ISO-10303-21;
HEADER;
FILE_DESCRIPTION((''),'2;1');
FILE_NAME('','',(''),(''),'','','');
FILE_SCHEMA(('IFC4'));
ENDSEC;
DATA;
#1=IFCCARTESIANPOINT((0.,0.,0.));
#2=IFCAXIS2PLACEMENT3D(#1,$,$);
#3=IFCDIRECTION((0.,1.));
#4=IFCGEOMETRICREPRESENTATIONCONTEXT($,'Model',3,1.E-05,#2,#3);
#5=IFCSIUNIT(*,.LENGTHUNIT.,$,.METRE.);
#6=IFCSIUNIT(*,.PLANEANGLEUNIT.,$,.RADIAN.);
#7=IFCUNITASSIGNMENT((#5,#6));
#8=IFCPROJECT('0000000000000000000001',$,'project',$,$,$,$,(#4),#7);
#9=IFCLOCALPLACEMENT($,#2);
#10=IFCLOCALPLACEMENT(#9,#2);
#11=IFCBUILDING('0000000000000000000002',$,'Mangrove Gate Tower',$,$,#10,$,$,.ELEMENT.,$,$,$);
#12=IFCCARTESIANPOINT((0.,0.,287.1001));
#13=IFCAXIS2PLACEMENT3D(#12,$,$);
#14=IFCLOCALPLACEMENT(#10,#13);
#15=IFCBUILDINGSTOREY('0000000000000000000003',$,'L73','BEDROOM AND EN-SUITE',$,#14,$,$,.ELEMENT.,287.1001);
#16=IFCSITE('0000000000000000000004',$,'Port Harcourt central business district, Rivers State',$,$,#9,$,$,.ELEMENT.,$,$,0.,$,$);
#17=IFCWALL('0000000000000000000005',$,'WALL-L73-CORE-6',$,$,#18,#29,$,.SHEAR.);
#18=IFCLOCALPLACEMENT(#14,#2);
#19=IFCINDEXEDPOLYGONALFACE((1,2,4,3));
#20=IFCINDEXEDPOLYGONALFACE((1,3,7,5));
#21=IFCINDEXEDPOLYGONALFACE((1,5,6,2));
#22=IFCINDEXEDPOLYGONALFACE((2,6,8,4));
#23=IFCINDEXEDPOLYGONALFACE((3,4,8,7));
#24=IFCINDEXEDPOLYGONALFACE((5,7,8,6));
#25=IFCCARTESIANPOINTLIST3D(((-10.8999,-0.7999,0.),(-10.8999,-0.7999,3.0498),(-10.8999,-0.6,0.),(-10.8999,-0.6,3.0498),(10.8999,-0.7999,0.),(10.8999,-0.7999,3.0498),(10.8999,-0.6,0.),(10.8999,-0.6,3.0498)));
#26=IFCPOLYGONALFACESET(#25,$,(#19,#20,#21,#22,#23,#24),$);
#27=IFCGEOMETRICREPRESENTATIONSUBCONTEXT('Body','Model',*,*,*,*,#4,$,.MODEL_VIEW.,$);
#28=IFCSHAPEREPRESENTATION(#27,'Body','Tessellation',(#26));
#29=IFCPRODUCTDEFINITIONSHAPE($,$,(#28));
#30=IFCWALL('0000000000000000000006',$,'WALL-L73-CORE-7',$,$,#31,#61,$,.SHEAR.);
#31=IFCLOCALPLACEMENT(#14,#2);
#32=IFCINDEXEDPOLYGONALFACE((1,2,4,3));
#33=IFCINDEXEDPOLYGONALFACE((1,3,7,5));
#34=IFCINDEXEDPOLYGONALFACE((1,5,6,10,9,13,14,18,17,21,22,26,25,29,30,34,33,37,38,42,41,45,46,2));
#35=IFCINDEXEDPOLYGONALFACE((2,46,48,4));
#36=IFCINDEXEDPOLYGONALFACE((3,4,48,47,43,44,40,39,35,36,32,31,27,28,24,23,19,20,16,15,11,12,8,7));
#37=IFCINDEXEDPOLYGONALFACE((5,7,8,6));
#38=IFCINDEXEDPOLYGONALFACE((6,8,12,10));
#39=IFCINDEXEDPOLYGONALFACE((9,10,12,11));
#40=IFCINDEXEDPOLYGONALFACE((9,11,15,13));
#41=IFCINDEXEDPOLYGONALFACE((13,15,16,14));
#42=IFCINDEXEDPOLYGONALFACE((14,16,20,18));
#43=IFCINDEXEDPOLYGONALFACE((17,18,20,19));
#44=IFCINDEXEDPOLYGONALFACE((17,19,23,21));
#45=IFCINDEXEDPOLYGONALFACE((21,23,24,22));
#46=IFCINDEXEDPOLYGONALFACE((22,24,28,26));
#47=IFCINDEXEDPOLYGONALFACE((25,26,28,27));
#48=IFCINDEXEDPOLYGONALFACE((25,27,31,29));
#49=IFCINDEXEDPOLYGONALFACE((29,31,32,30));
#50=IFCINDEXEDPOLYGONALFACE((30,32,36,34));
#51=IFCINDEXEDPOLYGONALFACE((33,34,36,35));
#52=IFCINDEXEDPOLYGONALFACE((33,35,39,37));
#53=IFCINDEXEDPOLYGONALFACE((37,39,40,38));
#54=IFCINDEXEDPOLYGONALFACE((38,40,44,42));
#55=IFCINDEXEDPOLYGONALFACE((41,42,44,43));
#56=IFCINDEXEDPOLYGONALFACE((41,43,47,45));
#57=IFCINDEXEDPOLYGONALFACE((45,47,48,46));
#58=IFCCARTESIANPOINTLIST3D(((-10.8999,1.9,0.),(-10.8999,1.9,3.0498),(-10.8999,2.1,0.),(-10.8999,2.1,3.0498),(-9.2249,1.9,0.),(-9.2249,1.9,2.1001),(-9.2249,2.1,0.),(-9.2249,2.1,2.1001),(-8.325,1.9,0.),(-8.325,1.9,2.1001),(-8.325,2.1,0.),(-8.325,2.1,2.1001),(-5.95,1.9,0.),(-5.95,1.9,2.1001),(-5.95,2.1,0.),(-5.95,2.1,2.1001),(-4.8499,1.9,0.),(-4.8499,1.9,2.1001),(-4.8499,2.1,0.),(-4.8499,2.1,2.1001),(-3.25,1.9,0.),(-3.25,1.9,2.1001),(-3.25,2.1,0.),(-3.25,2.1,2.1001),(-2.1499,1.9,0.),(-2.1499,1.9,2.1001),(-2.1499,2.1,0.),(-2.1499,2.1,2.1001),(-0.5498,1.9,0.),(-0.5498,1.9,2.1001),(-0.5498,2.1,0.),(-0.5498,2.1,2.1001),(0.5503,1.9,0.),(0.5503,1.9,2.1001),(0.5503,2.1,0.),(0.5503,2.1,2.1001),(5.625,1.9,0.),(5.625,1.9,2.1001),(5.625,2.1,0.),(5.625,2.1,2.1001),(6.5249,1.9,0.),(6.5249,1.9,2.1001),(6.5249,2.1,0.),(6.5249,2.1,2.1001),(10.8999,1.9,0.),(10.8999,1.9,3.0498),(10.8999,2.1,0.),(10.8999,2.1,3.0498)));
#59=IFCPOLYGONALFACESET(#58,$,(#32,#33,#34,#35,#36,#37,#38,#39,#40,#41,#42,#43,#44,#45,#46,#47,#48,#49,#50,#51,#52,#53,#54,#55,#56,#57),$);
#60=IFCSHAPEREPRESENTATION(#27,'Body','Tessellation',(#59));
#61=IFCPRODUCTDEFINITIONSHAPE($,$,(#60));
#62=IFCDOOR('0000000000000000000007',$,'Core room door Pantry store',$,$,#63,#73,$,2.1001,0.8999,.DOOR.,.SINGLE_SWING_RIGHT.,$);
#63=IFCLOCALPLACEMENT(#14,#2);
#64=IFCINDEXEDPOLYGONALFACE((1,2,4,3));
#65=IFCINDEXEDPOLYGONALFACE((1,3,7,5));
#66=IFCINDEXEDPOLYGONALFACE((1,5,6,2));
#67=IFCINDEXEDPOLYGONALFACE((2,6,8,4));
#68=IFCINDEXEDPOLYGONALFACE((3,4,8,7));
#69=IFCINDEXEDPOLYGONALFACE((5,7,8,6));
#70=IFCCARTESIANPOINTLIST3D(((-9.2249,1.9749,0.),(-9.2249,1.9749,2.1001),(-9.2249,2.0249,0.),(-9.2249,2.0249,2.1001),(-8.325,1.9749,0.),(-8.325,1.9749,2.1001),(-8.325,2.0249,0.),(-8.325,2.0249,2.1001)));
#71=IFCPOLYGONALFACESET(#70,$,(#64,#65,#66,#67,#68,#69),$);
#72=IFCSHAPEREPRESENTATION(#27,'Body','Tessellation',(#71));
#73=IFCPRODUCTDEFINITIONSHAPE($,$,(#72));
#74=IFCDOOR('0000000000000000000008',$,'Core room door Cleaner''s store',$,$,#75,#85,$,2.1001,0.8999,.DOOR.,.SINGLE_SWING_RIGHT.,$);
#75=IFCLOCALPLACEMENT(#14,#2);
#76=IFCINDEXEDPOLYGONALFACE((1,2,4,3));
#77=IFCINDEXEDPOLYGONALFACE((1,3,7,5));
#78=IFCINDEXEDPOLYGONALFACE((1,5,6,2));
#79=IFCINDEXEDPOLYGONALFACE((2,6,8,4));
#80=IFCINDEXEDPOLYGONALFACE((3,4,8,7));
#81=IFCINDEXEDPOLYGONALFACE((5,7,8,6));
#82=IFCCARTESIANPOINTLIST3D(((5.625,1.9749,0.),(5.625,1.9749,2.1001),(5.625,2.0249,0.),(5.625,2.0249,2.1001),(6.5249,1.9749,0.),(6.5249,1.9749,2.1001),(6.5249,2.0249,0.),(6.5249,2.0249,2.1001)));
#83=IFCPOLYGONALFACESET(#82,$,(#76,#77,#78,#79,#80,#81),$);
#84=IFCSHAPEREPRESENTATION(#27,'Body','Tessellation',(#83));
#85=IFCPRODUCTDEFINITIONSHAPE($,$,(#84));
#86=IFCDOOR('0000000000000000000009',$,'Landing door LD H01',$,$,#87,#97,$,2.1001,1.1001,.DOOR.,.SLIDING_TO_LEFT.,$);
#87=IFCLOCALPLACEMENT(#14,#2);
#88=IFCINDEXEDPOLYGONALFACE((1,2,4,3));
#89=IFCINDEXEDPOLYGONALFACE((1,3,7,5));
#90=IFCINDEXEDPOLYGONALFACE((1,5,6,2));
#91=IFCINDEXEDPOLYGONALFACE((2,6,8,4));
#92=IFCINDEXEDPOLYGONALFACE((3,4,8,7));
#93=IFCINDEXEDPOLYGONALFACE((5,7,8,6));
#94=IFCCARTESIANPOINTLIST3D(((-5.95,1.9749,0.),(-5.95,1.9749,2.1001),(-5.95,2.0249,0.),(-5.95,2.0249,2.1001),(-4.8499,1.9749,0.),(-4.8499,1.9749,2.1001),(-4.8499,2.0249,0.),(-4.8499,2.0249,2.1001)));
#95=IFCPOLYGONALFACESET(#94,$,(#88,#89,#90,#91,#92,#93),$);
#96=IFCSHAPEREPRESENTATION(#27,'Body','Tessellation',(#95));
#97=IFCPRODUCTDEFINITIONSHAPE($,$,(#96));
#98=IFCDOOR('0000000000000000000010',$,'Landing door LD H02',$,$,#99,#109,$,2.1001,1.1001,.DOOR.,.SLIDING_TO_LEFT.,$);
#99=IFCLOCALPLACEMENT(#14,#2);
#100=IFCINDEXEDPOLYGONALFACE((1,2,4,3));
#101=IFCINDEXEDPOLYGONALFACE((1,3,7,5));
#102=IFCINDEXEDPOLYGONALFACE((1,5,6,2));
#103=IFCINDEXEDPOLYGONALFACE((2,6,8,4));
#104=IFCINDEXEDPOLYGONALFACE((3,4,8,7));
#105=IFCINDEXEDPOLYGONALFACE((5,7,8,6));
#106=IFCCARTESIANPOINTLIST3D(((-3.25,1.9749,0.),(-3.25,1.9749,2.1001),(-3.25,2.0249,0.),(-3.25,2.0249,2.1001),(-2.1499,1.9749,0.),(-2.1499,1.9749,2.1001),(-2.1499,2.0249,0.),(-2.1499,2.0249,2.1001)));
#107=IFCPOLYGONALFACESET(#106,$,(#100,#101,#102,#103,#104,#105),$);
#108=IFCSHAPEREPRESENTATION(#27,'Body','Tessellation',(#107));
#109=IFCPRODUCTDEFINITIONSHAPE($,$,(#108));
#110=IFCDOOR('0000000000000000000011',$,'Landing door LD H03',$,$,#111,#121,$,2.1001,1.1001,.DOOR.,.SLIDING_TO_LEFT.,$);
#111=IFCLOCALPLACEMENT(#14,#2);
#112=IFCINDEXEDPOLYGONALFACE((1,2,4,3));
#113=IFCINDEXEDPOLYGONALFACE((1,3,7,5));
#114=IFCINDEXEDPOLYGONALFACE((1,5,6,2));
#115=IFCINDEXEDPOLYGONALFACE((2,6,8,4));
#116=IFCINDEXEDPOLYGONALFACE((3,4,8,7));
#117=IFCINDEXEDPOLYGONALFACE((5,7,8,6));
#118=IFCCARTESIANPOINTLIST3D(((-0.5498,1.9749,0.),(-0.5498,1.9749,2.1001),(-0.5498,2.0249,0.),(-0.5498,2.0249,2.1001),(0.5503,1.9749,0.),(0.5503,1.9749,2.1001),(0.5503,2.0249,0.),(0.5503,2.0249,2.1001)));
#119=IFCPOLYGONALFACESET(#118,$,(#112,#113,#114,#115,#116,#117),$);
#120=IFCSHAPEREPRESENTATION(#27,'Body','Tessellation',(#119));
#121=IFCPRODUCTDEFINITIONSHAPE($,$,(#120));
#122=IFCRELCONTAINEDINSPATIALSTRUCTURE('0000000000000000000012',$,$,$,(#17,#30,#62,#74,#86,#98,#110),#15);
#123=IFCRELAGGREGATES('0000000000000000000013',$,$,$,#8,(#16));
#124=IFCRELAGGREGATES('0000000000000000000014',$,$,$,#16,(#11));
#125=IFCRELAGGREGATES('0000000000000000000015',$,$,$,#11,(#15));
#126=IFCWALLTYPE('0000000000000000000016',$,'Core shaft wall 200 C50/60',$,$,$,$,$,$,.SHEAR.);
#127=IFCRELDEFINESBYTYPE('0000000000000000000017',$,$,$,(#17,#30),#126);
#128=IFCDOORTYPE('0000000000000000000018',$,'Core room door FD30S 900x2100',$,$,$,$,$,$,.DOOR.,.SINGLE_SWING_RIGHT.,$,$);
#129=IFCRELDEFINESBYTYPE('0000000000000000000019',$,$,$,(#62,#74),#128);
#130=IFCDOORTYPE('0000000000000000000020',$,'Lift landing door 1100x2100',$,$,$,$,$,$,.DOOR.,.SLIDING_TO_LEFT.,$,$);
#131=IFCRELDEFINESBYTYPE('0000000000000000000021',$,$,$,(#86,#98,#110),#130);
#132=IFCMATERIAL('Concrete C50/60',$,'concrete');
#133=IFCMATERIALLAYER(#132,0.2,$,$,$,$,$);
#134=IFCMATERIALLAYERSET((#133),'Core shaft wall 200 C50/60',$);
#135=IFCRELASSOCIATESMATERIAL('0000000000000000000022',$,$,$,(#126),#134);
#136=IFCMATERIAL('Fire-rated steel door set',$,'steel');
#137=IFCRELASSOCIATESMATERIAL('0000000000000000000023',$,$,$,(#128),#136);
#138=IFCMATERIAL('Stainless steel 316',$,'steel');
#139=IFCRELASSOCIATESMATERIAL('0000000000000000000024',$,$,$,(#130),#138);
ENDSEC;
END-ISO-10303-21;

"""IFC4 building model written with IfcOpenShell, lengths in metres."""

from ifc_helpers import new_model, si_unit, direction, frame, frame_2d, origin, place, context, subcontext, project, spatial, rectangle, extrude, material, layer, layer_set, type_object, element, fill, save


model = new_model("IFC4")

# Units and contexts
model_context = context("Model", 3, precision=1e-05, world=origin(), true_north=direction((0.0, 1.0)))
body_context = subcontext(model_context, "Body", "Model", "MODEL_VIEW")
ifc_project = project(units=[si_unit("LENGTHUNIT", "METRE"), si_unit("PLANEANGLEUNIT", "RADIAN")], contexts=[model_context])

# Site, building, storey
site_placement = place(None, origin())
site = spatial("IfcSite", under=ifc_project, at=site_placement, Name="Port Harcourt central business district, Rivers State", CompositionType="ELEMENT", RefElevation=0.0)
building_placement = place(site_placement, origin())
building = spatial("IfcBuilding", under=site, at=building_placement, Name="Mangrove Gate Tower", CompositionType="ELEMENT")
storey_placement = place(building_placement, frame((0.0, 0.0, 287.1001)))
storey = spatial("IfcBuildingStorey", under=building, at=storey_placement, Name="L73", Description="BEDROOM AND EN-SUITE", CompositionType="ELEMENT", Elevation=287.1001)

# Wall
ifc_material_1 = material(Name="Concrete C50/60", Category="concrete")
ifc_layer_1 = layer(ifc_material_1, 0.2)
ifc_layer_set_1 = layer_set([ifc_layer_1], Name="Core shaft wall 200 C50/60")
wall_type_1 = type_object("IfcWallType", Name="Core shaft wall 200 C50/60", PredefinedType="SHEAR", material=ifc_layer_set_1)
wall_1_placement = place(storey_placement, frame((-10.8999, -0.7, 0.0), z_axis=(0.0, 0.0, 1.0), x_axis=(1.0, 0.0, 0.0)))
element("IfcWall", 1, at=wall_1_placement, inside=storey, type_object=wall_type_1, Name="WALL-L73-CORE-6", PredefinedType="SHEAR", context=body_context, shape_type="SweptSolid", body=[
    extrude(rectangle(XDim=21.7998, YDim=0.2, at=frame_2d((10.8999, 0.0))), origin(), (0.0, 0.0, 1.0), 3.0498),
])

# Wall, openings, doors
wall_2_placement = place(storey_placement, frame((-10.8999, 2.0, 0.0), z_axis=(0.0, 0.0, 1.0), x_axis=(1.0, 0.0, 0.0)))
wall_2 = element("IfcWall", 2, at=wall_2_placement, inside=storey, type_object=wall_type_1, Name="WALL-L73-CORE-7", PredefinedType="SHEAR", context=body_context, shape_type="SweptSolid", body=[
    extrude(rectangle(XDim=21.7998, YDim=0.2, at=frame_2d((10.8999, 0.0))), origin(), (0.0, 0.0, 1.0), 3.0498),
])
opening_1_placement = place(wall_2_placement, frame((4.95, 0.0, 0.0)))
opening_1 = element("IfcOpeningElement", 3, at=opening_1_placement, cuts=wall_2, PredefinedType="OPENING", context=body_context, shape_type="SweptSolid", body=[
    extrude(rectangle(XDim=1.1001, YDim=2.1001, at=frame_2d((0.55, 1.05))), frame((0.0, 0.1099, 0.0), z_axis=(0.0, -1.0, 0.0), x_axis=(1.0, 0.0, 0.0)), (0.0, 0.0, 1.0), 0.22),
])
opening_2_placement = place(wall_2_placement, frame((7.6499, 0.0, 0.0)))
opening_2 = element("IfcOpeningElement", 4, at=opening_2_placement, cuts=wall_2, PredefinedType="OPENING", context=body_context, shape_type="SweptSolid", body=[
    extrude(rectangle(XDim=1.1001, YDim=2.1001, at=frame_2d((0.55, 1.05))), frame((0.0, 0.1099, 0.0), z_axis=(0.0, -1.0, 0.0), x_axis=(1.0, 0.0, 0.0)), (0.0, 0.0, 1.0), 0.22),
])
opening_3_placement = place(wall_2_placement, frame((10.3501, 0.0, 0.0)))
opening_3 = element("IfcOpeningElement", 5, at=opening_3_placement, cuts=wall_2, PredefinedType="OPENING", context=body_context, shape_type="SweptSolid", body=[
    extrude(rectangle(XDim=1.1001, YDim=2.1001, at=frame_2d((0.55, 1.05))), frame((0.0, 0.1099, 0.0), z_axis=(0.0, -1.0, 0.0), x_axis=(1.0, 0.0, 0.0)), (0.0, 0.0, 1.0), 0.22),
])
opening_4_placement = place(wall_2_placement, frame((1.675, 0.0, 0.0)))
opening_4 = element("IfcOpeningElement", 6, at=opening_4_placement, cuts=wall_2, PredefinedType="OPENING", context=body_context, shape_type="SweptSolid", body=[
    extrude(rectangle(XDim=0.8999, YDim=2.1001, at=frame_2d((0.45, 1.05))), frame((0.0, 0.1099, 0.0), z_axis=(0.0, -1.0, 0.0), x_axis=(1.0, 0.0, 0.0)), (0.0, 0.0, 1.0), 0.22),
])
opening_5_placement = place(wall_2_placement, frame((16.5249, 0.0, 0.0)))
opening_5 = element("IfcOpeningElement", 7, at=opening_5_placement, cuts=wall_2, PredefinedType="OPENING", context=body_context, shape_type="SweptSolid", body=[
    extrude(rectangle(XDim=0.8999, YDim=2.1001, at=frame_2d((0.45, 1.05))), frame((0.0, 0.1099, 0.0), z_axis=(0.0, -1.0, 0.0), x_axis=(1.0, 0.0, 0.0)), (0.0, 0.0, 1.0), 0.22),
])
ifc_material_2 = material(Name="Fire-rated steel door set", Category="steel")
door_type_1 = type_object("IfcDoorType", Name="Core room door FD30S 900x2100", OperationType="SINGLE_SWING_RIGHT", PredefinedType="DOOR", material=ifc_material_2)
door_1_placement = place(opening_4_placement, origin())
door_1 = element("IfcDoor", 8, at=door_1_placement, inside=storey, type_object=door_type_1, Name="Core room door Pantry store", OperationType="SINGLE_SWING_RIGHT", OverallHeight=2.1001, OverallWidth=0.8999, PredefinedType="DOOR", context=body_context, shape_type="SweptSolid", body=[
    extrude(rectangle(XDim=0.8999, YDim=2.1001, at=frame_2d((0.45, 1.05))), frame((0.0, 0.0249, 0.0), z_axis=(0.0, -1.0, 0.0), x_axis=(1.0, 0.0, 0.0)), (0.0, 0.0, 1.0), 0.05),
])
fill(opening_4, door_1)
door_2_placement = place(opening_5_placement, origin())
door_2 = element("IfcDoor", 9, at=door_2_placement, inside=storey, type_object=door_type_1, Name="Core room door Cleaner's store", OperationType="SINGLE_SWING_RIGHT", OverallHeight=2.1001, OverallWidth=0.8999, PredefinedType="DOOR", context=body_context, shape_type="SweptSolid", body=[
    extrude(rectangle(XDim=0.8999, YDim=2.1001, at=frame_2d((0.45, 1.05))), frame((0.0, 0.0249, 0.0), z_axis=(0.0, -1.0, 0.0), x_axis=(1.0, 0.0, 0.0)), (0.0, 0.0, 1.0), 0.05),
])
fill(opening_5, door_2)
ifc_material_3 = material(Name="Stainless steel 316", Category="steel")
door_type_2 = type_object("IfcDoorType", Name="Lift landing door 1100x2100", OperationType="SLIDING_TO_LEFT", PredefinedType="DOOR", material=ifc_material_3)
door_3_placement = place(opening_1_placement, origin())
door_3 = element("IfcDoor", 10, at=door_3_placement, inside=storey, type_object=door_type_2, Name="Landing door LD H01", OperationType="SLIDING_TO_LEFT", OverallHeight=2.1001, OverallWidth=1.1001, PredefinedType="DOOR", context=body_context, shape_type="SweptSolid", body=[
    extrude(rectangle(XDim=1.1001, YDim=2.1001, at=frame_2d((0.55, 1.05))), frame((0.0, 0.0249, 0.0), z_axis=(0.0, -1.0, 0.0), x_axis=(1.0, 0.0, 0.0)), (0.0, 0.0, 1.0), 0.05),
])
fill(opening_1, door_3)
door_4_placement = place(opening_2_placement, origin())
door_4 = element("IfcDoor", 11, at=door_4_placement, inside=storey, type_object=door_type_2, Name="Landing door LD H02", OperationType="SLIDING_TO_LEFT", OverallHeight=2.1001, OverallWidth=1.1001, PredefinedType="DOOR", context=body_context, shape_type="SweptSolid", body=[
    extrude(rectangle(XDim=1.1001, YDim=2.1001, at=frame_2d((0.55, 1.05))), frame((0.0, 0.0249, 0.0), z_axis=(0.0, -1.0, 0.0), x_axis=(1.0, 0.0, 0.0)), (0.0, 0.0, 1.0), 0.05),
])
fill(opening_2, door_4)
door_5_placement = place(opening_3_placement, origin())
door_5 = element("IfcDoor", 12, at=door_5_placement, inside=storey, type_object=door_type_2, Name="Landing door LD H03", OperationType="SLIDING_TO_LEFT", OverallHeight=2.1001, OverallWidth=1.1001, PredefinedType="DOOR", context=body_context, shape_type="SweptSolid", body=[
    extrude(rectangle(XDim=1.1001, YDim=2.1001, at=frame_2d((0.55, 1.05))), frame((0.0, 0.0249, 0.0), z_axis=(0.0, -1.0, 0.0), x_axis=(1.0, 0.0, 0.0)), (0.0, 0.0, 1.0), 0.05),
])
fill(opening_3, door_5)

save(model, "model.ifc")
